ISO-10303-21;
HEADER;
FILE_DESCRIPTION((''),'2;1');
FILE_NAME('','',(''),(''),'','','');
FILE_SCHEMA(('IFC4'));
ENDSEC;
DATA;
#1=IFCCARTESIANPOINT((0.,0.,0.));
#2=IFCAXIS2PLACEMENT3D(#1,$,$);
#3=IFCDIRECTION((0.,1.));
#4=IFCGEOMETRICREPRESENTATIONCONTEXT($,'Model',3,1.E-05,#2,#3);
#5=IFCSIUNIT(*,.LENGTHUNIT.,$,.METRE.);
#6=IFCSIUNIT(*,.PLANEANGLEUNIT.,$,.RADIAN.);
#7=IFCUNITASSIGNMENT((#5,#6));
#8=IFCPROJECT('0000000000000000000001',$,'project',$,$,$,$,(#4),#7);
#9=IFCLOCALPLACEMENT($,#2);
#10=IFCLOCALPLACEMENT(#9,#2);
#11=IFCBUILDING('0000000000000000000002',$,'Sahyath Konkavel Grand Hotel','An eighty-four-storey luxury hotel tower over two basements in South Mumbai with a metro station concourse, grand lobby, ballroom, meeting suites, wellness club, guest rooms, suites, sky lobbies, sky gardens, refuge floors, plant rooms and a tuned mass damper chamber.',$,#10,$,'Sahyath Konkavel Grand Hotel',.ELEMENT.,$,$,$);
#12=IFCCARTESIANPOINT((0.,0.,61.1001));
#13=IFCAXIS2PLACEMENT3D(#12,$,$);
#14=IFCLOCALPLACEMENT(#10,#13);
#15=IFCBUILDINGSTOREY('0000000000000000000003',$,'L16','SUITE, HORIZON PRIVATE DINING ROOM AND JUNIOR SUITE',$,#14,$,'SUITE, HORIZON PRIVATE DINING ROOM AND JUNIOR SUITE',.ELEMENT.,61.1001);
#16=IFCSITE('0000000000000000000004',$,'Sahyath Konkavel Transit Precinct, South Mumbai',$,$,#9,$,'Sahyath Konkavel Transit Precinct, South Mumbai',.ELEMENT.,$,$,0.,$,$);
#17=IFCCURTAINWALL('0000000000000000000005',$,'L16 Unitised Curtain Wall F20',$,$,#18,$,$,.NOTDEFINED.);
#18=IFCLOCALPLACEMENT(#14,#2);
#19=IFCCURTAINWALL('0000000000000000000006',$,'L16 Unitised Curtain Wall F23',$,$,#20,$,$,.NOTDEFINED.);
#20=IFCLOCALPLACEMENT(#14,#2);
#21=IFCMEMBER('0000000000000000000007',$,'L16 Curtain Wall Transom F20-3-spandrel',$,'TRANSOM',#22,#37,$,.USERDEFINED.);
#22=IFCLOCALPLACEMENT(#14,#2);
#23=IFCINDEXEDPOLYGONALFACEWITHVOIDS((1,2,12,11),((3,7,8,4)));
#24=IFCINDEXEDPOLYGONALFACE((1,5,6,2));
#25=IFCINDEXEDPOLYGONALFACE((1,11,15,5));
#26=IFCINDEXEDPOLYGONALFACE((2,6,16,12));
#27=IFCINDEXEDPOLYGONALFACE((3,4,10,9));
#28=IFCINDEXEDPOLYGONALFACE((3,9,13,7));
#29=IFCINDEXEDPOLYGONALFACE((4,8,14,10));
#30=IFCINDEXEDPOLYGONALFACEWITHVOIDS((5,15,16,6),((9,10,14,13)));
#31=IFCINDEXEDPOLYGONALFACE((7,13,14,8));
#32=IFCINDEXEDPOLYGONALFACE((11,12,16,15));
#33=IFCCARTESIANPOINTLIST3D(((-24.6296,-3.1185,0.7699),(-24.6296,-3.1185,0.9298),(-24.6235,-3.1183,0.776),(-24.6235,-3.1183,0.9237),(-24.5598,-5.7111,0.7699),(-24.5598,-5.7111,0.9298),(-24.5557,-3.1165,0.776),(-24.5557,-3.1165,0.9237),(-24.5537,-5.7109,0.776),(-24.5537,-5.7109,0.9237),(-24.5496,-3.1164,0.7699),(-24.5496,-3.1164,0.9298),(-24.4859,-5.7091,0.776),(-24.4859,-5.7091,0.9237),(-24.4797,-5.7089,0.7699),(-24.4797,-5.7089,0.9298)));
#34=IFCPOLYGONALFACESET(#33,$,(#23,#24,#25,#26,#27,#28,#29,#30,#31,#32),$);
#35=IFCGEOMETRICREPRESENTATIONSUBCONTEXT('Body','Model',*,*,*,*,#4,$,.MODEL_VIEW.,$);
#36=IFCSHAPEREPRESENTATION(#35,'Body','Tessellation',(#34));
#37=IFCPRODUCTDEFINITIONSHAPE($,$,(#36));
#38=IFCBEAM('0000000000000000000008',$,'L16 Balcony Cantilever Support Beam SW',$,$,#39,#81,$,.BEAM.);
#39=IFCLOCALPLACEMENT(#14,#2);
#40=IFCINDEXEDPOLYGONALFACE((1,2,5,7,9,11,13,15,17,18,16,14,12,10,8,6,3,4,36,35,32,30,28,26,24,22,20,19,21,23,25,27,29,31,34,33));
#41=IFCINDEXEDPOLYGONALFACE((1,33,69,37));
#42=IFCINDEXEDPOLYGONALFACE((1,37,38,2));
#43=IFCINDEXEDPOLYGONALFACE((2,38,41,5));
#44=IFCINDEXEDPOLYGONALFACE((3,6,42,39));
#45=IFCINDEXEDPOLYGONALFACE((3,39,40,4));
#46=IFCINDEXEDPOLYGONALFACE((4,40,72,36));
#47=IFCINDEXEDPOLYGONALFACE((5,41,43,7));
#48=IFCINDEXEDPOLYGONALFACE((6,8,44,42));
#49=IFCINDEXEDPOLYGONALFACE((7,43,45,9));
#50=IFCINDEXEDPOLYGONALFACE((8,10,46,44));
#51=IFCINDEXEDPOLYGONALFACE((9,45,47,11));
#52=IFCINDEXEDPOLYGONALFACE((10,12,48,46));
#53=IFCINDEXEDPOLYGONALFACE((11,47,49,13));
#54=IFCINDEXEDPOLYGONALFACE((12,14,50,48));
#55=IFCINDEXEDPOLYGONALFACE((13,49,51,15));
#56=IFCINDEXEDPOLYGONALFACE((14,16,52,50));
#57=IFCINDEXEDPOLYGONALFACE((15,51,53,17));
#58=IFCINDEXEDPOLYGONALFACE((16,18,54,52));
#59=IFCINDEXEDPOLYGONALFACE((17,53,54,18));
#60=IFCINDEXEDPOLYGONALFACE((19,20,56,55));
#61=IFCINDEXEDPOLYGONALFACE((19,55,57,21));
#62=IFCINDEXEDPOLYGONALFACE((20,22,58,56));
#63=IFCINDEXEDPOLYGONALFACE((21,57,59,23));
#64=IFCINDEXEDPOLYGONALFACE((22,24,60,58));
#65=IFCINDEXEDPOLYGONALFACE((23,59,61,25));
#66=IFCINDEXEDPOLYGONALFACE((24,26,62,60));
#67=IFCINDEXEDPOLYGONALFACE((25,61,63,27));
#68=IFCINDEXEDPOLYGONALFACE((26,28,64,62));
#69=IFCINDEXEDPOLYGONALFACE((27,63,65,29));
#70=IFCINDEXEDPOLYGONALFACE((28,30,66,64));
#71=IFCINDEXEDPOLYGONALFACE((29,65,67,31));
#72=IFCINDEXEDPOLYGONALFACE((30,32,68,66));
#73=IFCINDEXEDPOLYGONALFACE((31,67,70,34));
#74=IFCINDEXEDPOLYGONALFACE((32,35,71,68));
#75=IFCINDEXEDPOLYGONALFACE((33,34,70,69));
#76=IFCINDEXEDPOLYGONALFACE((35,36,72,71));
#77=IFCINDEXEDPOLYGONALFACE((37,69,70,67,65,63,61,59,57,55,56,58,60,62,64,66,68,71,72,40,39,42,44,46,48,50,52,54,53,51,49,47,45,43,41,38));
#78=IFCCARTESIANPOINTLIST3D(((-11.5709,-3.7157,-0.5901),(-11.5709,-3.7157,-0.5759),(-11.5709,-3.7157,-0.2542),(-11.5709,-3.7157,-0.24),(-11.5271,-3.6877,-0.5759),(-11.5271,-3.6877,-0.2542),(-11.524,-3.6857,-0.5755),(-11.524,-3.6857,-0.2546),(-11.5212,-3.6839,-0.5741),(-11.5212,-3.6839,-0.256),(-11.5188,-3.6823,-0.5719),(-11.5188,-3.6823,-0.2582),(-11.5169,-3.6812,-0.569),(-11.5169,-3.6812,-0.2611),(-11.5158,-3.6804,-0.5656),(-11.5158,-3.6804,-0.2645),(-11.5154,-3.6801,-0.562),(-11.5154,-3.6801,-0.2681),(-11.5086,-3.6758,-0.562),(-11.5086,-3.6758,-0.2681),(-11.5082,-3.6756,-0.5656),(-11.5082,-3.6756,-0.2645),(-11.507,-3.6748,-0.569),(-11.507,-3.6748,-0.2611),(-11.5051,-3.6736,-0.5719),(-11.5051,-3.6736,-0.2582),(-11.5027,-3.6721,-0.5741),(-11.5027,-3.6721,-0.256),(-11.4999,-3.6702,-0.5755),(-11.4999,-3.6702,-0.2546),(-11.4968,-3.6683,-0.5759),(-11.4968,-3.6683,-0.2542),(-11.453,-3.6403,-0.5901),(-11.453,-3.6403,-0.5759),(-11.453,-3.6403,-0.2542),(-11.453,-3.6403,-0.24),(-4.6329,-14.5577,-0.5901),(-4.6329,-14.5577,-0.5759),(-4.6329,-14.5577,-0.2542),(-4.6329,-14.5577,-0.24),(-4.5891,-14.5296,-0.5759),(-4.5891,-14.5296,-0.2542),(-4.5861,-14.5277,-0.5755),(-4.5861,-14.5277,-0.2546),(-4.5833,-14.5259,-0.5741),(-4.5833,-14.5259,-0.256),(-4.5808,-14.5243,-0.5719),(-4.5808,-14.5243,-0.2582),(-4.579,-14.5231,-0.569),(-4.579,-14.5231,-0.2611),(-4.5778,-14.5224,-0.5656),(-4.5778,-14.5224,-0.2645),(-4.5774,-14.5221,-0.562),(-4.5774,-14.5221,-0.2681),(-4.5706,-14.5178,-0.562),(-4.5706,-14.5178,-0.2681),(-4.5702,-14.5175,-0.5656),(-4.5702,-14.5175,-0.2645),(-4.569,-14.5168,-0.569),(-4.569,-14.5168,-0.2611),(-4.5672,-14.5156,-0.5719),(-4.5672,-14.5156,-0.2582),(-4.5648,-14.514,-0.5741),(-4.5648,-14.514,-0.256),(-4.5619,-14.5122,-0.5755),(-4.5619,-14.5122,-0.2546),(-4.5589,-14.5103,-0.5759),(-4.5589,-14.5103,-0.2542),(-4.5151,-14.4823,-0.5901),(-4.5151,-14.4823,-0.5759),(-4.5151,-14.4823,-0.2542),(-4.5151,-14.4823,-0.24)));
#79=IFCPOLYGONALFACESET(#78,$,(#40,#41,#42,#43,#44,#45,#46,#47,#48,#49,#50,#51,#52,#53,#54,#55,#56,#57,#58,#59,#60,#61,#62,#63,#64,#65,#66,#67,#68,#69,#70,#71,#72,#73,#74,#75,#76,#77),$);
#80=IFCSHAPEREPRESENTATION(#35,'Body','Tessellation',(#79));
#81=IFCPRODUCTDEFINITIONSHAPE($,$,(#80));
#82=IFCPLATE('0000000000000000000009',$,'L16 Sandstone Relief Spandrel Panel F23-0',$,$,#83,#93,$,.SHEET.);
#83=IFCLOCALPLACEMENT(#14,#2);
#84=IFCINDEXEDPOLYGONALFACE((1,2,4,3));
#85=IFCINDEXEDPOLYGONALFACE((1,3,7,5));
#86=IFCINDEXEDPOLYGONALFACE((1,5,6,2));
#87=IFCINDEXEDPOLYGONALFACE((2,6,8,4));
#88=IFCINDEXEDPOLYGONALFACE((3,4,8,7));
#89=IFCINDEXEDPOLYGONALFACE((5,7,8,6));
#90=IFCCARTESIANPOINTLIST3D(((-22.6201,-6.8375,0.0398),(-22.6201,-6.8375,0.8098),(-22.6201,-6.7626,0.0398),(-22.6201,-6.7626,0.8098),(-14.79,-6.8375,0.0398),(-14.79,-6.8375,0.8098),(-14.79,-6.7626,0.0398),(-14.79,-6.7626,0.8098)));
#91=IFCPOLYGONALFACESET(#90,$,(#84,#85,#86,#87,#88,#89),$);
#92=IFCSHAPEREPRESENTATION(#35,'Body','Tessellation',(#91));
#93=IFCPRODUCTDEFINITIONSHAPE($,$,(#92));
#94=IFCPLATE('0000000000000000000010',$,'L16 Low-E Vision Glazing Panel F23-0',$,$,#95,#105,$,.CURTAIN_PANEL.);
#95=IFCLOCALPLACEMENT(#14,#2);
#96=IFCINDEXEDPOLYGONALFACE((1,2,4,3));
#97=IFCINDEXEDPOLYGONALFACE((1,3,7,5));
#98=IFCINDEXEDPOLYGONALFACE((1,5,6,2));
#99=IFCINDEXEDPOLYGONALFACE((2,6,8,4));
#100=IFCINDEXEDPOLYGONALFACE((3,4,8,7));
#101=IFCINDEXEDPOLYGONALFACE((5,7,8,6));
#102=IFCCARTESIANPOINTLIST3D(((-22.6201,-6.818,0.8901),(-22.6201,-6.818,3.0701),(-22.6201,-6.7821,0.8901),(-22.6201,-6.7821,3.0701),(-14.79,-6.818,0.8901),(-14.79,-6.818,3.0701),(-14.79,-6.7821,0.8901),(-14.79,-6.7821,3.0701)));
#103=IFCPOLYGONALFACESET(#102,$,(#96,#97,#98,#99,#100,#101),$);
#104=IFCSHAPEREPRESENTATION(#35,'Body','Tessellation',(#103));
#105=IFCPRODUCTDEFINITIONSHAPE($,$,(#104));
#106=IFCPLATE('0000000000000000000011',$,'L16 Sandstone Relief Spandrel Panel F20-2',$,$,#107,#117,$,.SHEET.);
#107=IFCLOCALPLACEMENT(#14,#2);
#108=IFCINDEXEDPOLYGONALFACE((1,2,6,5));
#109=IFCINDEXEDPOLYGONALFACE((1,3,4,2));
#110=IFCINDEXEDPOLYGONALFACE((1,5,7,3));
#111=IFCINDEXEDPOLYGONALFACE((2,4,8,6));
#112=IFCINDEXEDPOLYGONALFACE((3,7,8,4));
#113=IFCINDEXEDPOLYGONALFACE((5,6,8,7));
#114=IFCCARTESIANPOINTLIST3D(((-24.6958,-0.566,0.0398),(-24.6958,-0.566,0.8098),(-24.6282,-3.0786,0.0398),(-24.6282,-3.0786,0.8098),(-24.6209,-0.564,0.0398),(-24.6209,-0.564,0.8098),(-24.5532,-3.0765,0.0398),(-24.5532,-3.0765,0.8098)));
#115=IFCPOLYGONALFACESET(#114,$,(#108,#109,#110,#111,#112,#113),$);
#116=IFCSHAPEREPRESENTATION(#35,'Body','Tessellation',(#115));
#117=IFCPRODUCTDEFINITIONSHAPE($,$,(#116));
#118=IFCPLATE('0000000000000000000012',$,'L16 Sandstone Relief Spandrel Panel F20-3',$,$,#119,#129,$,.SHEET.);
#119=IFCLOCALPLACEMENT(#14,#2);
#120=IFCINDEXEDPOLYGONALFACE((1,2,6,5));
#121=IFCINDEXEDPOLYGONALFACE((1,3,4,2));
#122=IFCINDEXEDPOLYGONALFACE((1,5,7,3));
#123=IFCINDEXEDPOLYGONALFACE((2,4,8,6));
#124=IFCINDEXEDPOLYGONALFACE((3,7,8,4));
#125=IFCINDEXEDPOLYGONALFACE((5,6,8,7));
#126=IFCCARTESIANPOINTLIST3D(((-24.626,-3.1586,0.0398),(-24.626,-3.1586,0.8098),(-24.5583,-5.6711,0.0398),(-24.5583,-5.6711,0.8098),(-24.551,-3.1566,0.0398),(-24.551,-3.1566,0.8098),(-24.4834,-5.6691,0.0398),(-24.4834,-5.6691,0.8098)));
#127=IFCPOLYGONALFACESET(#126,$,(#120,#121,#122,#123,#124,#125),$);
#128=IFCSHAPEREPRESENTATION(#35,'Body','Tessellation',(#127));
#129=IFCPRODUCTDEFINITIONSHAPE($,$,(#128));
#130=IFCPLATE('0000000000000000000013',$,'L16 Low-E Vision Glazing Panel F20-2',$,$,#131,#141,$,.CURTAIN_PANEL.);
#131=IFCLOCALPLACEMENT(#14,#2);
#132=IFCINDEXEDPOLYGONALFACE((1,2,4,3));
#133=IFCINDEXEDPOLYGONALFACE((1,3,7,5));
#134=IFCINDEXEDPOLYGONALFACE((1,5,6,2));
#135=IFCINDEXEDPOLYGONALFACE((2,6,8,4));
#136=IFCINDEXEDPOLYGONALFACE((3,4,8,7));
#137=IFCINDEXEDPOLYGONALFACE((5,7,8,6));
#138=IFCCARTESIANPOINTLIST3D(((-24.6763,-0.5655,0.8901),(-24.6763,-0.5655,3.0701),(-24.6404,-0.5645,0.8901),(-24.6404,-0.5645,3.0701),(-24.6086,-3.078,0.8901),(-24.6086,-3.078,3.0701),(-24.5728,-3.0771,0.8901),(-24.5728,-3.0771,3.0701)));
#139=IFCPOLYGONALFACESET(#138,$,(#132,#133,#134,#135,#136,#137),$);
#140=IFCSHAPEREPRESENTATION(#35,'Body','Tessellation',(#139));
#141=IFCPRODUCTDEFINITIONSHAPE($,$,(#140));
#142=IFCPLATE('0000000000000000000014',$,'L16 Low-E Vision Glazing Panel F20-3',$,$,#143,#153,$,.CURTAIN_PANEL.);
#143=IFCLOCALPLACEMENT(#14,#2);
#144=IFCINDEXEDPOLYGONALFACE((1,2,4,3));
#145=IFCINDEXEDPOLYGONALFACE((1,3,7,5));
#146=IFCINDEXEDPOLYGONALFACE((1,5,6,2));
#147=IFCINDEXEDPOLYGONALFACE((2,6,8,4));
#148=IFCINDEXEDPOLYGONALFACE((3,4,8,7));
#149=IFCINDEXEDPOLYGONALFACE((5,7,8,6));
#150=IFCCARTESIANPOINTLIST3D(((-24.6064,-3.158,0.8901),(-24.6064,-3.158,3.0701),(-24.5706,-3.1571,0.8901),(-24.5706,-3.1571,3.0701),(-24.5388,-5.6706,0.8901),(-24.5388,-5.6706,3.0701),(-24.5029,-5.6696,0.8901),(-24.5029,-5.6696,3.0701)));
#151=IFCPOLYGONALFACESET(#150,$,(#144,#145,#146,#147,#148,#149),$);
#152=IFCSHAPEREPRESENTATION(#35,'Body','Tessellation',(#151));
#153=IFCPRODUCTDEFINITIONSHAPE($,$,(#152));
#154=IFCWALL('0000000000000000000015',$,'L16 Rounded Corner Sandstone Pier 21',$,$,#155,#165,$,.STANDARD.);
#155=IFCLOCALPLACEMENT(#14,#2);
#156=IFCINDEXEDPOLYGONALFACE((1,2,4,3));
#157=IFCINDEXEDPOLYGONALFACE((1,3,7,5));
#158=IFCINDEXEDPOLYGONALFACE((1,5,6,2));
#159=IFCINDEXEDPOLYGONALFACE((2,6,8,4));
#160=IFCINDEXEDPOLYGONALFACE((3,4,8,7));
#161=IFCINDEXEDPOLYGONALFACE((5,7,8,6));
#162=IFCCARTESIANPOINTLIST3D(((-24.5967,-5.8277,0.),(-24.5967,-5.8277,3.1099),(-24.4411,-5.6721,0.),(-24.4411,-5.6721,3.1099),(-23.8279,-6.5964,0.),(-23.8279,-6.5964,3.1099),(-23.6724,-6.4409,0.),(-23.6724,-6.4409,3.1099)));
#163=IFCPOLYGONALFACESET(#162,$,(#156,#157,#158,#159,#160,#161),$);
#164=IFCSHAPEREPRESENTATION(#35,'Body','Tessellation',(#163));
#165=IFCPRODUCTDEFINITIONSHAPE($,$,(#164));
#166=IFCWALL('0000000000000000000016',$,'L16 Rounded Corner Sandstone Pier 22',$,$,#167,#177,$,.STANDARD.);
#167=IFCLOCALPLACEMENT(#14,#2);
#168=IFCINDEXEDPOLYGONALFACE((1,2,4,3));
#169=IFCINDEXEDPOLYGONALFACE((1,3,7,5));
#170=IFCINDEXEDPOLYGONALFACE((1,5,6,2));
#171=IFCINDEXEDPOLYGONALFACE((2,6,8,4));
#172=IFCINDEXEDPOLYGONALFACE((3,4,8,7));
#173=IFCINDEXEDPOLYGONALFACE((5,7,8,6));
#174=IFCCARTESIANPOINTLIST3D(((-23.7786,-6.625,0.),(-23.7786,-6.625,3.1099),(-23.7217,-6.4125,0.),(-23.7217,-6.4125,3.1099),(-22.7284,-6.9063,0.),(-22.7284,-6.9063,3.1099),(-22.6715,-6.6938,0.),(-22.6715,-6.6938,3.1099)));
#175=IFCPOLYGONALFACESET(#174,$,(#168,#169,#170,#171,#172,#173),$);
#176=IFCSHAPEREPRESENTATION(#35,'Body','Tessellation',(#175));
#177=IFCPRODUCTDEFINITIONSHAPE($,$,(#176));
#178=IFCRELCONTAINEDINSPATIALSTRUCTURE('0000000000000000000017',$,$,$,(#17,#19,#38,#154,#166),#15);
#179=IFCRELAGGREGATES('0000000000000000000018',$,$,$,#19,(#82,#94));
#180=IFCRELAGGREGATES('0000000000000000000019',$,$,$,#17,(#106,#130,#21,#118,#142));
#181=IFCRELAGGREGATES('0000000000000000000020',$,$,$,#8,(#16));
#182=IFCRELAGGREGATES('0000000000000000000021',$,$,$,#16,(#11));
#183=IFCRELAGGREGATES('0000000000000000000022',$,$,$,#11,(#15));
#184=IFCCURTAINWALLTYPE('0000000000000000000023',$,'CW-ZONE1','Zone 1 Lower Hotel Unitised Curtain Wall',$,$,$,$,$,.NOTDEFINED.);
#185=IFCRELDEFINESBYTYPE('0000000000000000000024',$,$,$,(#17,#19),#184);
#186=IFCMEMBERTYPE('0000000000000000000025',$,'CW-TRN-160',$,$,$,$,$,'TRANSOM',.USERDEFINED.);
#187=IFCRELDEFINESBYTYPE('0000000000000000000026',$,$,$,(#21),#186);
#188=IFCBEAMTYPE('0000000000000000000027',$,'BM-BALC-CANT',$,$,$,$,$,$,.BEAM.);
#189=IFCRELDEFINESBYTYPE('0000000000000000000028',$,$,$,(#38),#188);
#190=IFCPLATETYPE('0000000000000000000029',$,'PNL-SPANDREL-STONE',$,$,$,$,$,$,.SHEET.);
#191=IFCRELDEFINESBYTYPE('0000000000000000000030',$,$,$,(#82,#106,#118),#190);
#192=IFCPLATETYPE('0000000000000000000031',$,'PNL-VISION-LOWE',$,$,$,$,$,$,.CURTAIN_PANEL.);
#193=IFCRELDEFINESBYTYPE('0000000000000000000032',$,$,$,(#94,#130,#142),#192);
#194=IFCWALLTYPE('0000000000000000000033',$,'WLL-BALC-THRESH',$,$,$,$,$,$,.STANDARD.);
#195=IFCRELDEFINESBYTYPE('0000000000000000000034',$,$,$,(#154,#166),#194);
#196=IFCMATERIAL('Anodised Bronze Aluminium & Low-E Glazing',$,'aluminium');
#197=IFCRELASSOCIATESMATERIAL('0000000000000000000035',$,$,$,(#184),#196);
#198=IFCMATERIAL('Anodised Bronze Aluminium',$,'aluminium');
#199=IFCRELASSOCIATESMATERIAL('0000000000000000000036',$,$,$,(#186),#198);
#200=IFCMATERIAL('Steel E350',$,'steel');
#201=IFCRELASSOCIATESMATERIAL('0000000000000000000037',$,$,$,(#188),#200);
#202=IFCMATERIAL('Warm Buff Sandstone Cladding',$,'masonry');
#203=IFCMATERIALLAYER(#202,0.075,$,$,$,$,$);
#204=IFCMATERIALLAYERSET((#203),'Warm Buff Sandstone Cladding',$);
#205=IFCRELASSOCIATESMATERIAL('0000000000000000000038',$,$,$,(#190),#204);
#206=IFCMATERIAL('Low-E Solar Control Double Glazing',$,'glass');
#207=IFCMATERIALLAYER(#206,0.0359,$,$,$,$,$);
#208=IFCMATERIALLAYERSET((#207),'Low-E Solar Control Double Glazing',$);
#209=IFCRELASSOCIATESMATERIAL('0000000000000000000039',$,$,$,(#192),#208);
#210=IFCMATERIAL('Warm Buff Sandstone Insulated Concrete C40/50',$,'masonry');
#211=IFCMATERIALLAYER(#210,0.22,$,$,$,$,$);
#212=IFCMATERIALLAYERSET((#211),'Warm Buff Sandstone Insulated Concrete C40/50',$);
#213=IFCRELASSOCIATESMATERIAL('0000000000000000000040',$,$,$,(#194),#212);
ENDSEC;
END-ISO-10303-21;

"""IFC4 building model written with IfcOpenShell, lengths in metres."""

from ifc_helpers import new_model, si_unit, direction, frame, frame_2d, origin, origin_2d, place, context, subcontext, project, spatial, rectangle, hollow_rectangle, i_section, extrude, source, transform, mapped, material, layer, layer_set, material_profile, profile_set, type_object, element, aggregate, save


model = new_model("IFC4")

# Units and contexts
model_context = context("Model", 3, precision=1e-05, world=origin(), true_north=direction((0.0, 1.0)))
body_context = subcontext(model_context, "Body", "Model", "MODEL_VIEW")
ifc_project = project(units=[si_unit("LENGTHUNIT", "METRE"), si_unit("PLANEANGLEUNIT", "RADIAN")], contexts=[model_context])

# Site, building, storey
site_placement = place(None, origin())
site = spatial("IfcSite", under=ifc_project, at=site_placement, Name="Sahyath Konkavel Transit Precinct, South Mumbai", LongName="Sahyath Konkavel Transit Precinct, South Mumbai", CompositionType="ELEMENT", RefElevation=0.0)
building_placement = place(site_placement, origin())
building = spatial("IfcBuilding", under=site, at=building_placement, Name="Sahyath Konkavel Grand Hotel", Description="An eighty-four-storey luxury hotel tower over two basements in South Mumbai with a metro station concourse, grand lobby, ballroom, meeting suites, wellness club, guest rooms, suites, sky lobbies, sky gardens, refuge floors, plant rooms and a tuned mass damper chamber.", LongName="Sahyath Konkavel Grand Hotel", CompositionType="ELEMENT")
storey_placement = place(building_placement, frame((0.0, 0.0, 61.1001)))
storey = spatial("IfcBuildingStorey", under=building, at=storey_placement, Name="L16", Description="SUITE, HORIZON PRIVATE DINING ROOM AND JUNIOR SUITE", LongName="SUITE, HORIZON PRIVATE DINING ROOM AND JUNIOR SUITE", CompositionType="ELEMENT", Elevation=61.1001)

# Shared definitions
ifc_material_1 = material(Name="Steel E350", Category="steel")

# Curtain walls
ifc_material_2 = material(Name="Anodised Bronze Aluminium & Low-E Glazing", Category="aluminium")
curtain_wall_type = type_object("IfcCurtainWallType", Name="CW-ZONE1", Description="Zone 1 Lower Hotel Unitised Curtain Wall", PredefinedType="NOTDEFINED", material=ifc_material_2)
curtain_wall_1_placement = place(storey_placement, origin())
curtain_wall_1 = element("IfcCurtainWall", 1, at=curtain_wall_1_placement, inside=storey, type_object=curtain_wall_type, Name="L16 Unitised Curtain Wall F20", PredefinedType="NOTDEFINED")
ifc_material_3 = material(Name="Anodised Bronze Aluminium", Category="aluminium")
curtain_wall_2_placement = place(storey_placement, origin())
curtain_wall_2 = element("IfcCurtainWall", 2, at=curtain_wall_2_placement, inside=storey, type_object=curtain_wall_type, Name="L16 Unitised Curtain Wall F23", PredefinedType="NOTDEFINED")

# Member
ifc_material_profile_1 = material_profile(ifc_material_3, hollow_rectangle(XDim=0.0801, YDim=0.1599, WallThickness=0.0061, at=origin_2d()), Name="RHS 160x80x6")
ifc_profile_set_1 = profile_set([ifc_material_profile_1], Name="Anodised Bronze Aluminium")
member_type_1 = type_object("IfcMemberType", Name="CW-TRN-160", ElementType="TRANSOM", PredefinedType="USERDEFINED", material=ifc_profile_set_1)
shared_shape_1 = source(origin(), body_context, "Body", "SweptSolid", [
    extrude(hollow_rectangle(XDim=0.0801, YDim=0.1599, WallThickness=0.0061, at=origin_2d()), origin(), (0.0, 0.0, 1.0), 2.5935),
])
member_1_placement = place(storey_placement, frame((-24.5896, -3.1174, 0.8499), z_axis=(0.026923, -0.999638, 0.0), x_axis=(0.999638, 0.026923, 0.0)))
member_1 = element("IfcMember", 3, at=member_1_placement, type_object=member_type_1, Name="L16 Curtain Wall Transom F20-3-spandrel", ObjectType="TRANSOM", PredefinedType="USERDEFINED", context=body_context, shape_type="MappedRepresentation", body=[
    mapped(shared_shape_1, transform((0.0, 0.0, 0.0), scale=1.0)),
])

# Beam
ifc_material_profile_2 = material_profile(ifc_material_1, i_section(OverallWidth=0.1399, OverallDepth=0.3501, WebThickness=0.0081, FlangeThickness=0.0142, FilletRadius=0.0139, at=origin_2d()), Name="ISMB 350")
ifc_profile_set_2 = profile_set([ifc_material_profile_2], Name="Steel E350")
beam_type_1 = type_object("IfcBeamType", Name="BM-BALC-CANT", PredefinedType="BEAM", material=ifc_profile_set_2)
shared_shape_2 = source(origin(), body_context, "Body", "SweptSolid", [
    extrude(i_section(OverallWidth=0.1399, OverallDepth=0.3501, WebThickness=0.0081, FlangeThickness=0.0142, FilletRadius=0.0139, at=origin_2d()), origin(), (0.0, 0.0, 1.0), 12.8718),
])
beam_1_placement = place(storey_placement, frame((-11.512, -3.678, -0.415), z_axis=(0.539003, -0.842304, 0.0), x_axis=(0.842304, 0.539003, 0.0)))
element("IfcBeam", 4, at=beam_1_placement, inside=storey, type_object=beam_type_1, Name="L16 Balcony Cantilever Support Beam SW", PredefinedType="BEAM", context=body_context, shape_type="MappedRepresentation", body=[
    mapped(shared_shape_2, transform((0.0, 0.0, 0.0), scale=1.0)),
])

# Plates
ifc_material_4 = material(Name="Warm Buff Sandstone Cladding", Category="masonry")
ifc_layer_1 = layer(ifc_material_4, 0.075)
ifc_layer_set_1 = layer_set([ifc_layer_1], Name="Warm Buff Sandstone Cladding")
plate_type_1 = type_object("IfcPlateType", Name="PNL-SPANDREL-STONE", PredefinedType="SHEET", material=ifc_layer_set_1)
shared_shape_3 = source(origin(), body_context, "Body", "SweptSolid", [
    extrude(rectangle(XDim=7.8301, YDim=0.075, at=origin_2d()), origin(), (0.0, 0.0, 1.0), 0.77),
])
plate_1_placement = place(storey_placement, frame((-18.7051, -6.8, 0.0398), z_axis=(0.0, 0.0, 1.0), x_axis=(1.0, 0.0, 0.0)))
plate_1 = element("IfcPlate", 5, at=plate_1_placement, type_object=plate_type_1, Name="L16 Sandstone Relief Spandrel Panel F23-0", PredefinedType="SHEET", context=body_context, shape_type="MappedRepresentation", body=[
    mapped(shared_shape_3, transform((0.0, 0.0, 0.0), scale=1.0)),
])
ifc_material_5 = material(Name="Low-E Solar Control Double Glazing", Category="glass")
ifc_layer_2 = layer(ifc_material_5, 0.0359)
ifc_layer_set_2 = layer_set([ifc_layer_2], Name="Low-E Solar Control Double Glazing")
plate_type_2 = type_object("IfcPlateType", Name="PNL-VISION-LOWE", PredefinedType="CURTAIN_PANEL", material=ifc_layer_set_2)
shared_shape_4 = source(origin(), body_context, "Body", "SweptSolid", [
    extrude(rectangle(XDim=7.8301, YDim=0.0359, at=origin_2d()), origin(), (0.0, 0.0, 1.0), 2.1799),
])
plate_2_placement = place(storey_placement, frame((-18.7051, -6.8, 0.8901), z_axis=(0.0, 0.0, 1.0), x_axis=(1.0, 0.0, 0.0)))
plate_2 = element("IfcPlate", 6, at=plate_2_placement, type_object=plate_type_2, Name="L16 Low-E Vision Glazing Panel F23-0", PredefinedType="CURTAIN_PANEL", context=body_context, shape_type="MappedRepresentation", body=[
    mapped(shared_shape_4, transform((0.0, 0.0, 0.0), scale=1.0)),
])
aggregate(curtain_wall_2, [plate_1, plate_2])
shared_shape_5 = source(origin(), body_context, "Body", "SweptSolid", [
    extrude(rectangle(XDim=2.5134, YDim=0.075, at=origin_2d()), origin(), (0.0, 0.0, 1.0), 0.77),
])
plate_3_placement = place(storey_placement, frame((-24.6245, -1.8213, 0.0398), z_axis=(0.0, 0.0, 1.0), x_axis=(0.02691, -0.999638, 0.0)))
plate_3 = element("IfcPlate", 7, at=plate_3_placement, type_object=plate_type_1, Name="L16 Sandstone Relief Spandrel Panel F20-2", PredefinedType="SHEET", context=body_context, shape_type="MappedRepresentation", body=[
    mapped(shared_shape_5, transform((0.0, 0.0, 0.0), scale=1.0)),
])
plate_4_placement = place(storey_placement, frame((-24.5547, -4.4138, 0.0398), z_axis=(0.0, 0.0, 1.0), x_axis=(0.02691, -0.999638, 0.0)))
plate_4 = element("IfcPlate", 8, at=plate_4_placement, type_object=plate_type_1, Name="L16 Sandstone Relief Spandrel Panel F20-3", PredefinedType="SHEET", context=body_context, shape_type="MappedRepresentation", body=[
    mapped(shared_shape_5, transform((0.0, 0.0, 0.0), scale=1.0)),
])
shared_shape_6 = source(origin(), body_context, "Body", "SweptSolid", [
    extrude(rectangle(XDim=2.5134, YDim=0.0359, at=origin_2d()), origin(), (0.0, 0.0, 1.0), 2.1799),
])
plate_5_placement = place(storey_placement, frame((-24.6245, -1.8213, 0.8901), z_axis=(0.0, 0.0, 1.0), x_axis=(0.02691, -0.999638, 0.0)))
plate_5 = element("IfcPlate", 9, at=plate_5_placement, type_object=plate_type_2, Name="L16 Low-E Vision Glazing Panel F20-2", PredefinedType="CURTAIN_PANEL", context=body_context, shape_type="MappedRepresentation", body=[
    mapped(shared_shape_6, transform((0.0, 0.0, 0.0), scale=1.0)),
])
plate_6_placement = place(storey_placement, frame((-24.5547, -4.4138, 0.8901), z_axis=(0.0, 0.0, 1.0), x_axis=(0.02691, -0.999638, 0.0)))
plate_6 = element("IfcPlate", 10, at=plate_6_placement, type_object=plate_type_2, Name="L16 Low-E Vision Glazing Panel F20-3", PredefinedType="CURTAIN_PANEL", context=body_context, shape_type="MappedRepresentation", body=[
    mapped(shared_shape_6, transform((0.0, 0.0, 0.0), scale=1.0)),
])
aggregate(curtain_wall_1, [plate_3, plate_5, member_1, plate_4, plate_6])

# Walls
ifc_material_6 = material(Name="Warm Buff Sandstone Insulated Concrete C40/50", Category="masonry")
ifc_layer_3 = layer(ifc_material_6, 0.22)
ifc_layer_set_3 = layer_set([ifc_layer_3], Name="Warm Buff Sandstone Insulated Concrete C40/50")
wall_type_1 = type_object("IfcWallType", Name="WLL-BALC-THRESH", PredefinedType="STANDARD", material=ifc_layer_set_3)
for number, where, z_axis, x_axis, name in (
    (11, (-24.5188, -5.75, 0.0), (0.0, 0.0, 1.0), (0.707107, -0.707107, 0.0), "L16 Rounded Corner Sandstone Pier 21"),
    (12, (-23.75, -6.5188, 0.0), (0.0, 0.0, 1.0), (0.965951, -0.258725, 0.0), "L16 Rounded Corner Sandstone Pier 22"),
):
    element("IfcWall", number, at=place(storey_placement, frame(where, z_axis=z_axis, x_axis=x_axis)), inside=storey, type_object=wall_type_1, Name=name, PredefinedType="STANDARD", context=body_context, shape_type="SweptSolid", body=[
        extrude(rectangle(XDim=1.0872, YDim=0.22, at=frame_2d((0.5435, 0.0))), origin(), (0.0, 0.0, 1.0), 3.1099),
    ])

save(model, "model.ifc")
